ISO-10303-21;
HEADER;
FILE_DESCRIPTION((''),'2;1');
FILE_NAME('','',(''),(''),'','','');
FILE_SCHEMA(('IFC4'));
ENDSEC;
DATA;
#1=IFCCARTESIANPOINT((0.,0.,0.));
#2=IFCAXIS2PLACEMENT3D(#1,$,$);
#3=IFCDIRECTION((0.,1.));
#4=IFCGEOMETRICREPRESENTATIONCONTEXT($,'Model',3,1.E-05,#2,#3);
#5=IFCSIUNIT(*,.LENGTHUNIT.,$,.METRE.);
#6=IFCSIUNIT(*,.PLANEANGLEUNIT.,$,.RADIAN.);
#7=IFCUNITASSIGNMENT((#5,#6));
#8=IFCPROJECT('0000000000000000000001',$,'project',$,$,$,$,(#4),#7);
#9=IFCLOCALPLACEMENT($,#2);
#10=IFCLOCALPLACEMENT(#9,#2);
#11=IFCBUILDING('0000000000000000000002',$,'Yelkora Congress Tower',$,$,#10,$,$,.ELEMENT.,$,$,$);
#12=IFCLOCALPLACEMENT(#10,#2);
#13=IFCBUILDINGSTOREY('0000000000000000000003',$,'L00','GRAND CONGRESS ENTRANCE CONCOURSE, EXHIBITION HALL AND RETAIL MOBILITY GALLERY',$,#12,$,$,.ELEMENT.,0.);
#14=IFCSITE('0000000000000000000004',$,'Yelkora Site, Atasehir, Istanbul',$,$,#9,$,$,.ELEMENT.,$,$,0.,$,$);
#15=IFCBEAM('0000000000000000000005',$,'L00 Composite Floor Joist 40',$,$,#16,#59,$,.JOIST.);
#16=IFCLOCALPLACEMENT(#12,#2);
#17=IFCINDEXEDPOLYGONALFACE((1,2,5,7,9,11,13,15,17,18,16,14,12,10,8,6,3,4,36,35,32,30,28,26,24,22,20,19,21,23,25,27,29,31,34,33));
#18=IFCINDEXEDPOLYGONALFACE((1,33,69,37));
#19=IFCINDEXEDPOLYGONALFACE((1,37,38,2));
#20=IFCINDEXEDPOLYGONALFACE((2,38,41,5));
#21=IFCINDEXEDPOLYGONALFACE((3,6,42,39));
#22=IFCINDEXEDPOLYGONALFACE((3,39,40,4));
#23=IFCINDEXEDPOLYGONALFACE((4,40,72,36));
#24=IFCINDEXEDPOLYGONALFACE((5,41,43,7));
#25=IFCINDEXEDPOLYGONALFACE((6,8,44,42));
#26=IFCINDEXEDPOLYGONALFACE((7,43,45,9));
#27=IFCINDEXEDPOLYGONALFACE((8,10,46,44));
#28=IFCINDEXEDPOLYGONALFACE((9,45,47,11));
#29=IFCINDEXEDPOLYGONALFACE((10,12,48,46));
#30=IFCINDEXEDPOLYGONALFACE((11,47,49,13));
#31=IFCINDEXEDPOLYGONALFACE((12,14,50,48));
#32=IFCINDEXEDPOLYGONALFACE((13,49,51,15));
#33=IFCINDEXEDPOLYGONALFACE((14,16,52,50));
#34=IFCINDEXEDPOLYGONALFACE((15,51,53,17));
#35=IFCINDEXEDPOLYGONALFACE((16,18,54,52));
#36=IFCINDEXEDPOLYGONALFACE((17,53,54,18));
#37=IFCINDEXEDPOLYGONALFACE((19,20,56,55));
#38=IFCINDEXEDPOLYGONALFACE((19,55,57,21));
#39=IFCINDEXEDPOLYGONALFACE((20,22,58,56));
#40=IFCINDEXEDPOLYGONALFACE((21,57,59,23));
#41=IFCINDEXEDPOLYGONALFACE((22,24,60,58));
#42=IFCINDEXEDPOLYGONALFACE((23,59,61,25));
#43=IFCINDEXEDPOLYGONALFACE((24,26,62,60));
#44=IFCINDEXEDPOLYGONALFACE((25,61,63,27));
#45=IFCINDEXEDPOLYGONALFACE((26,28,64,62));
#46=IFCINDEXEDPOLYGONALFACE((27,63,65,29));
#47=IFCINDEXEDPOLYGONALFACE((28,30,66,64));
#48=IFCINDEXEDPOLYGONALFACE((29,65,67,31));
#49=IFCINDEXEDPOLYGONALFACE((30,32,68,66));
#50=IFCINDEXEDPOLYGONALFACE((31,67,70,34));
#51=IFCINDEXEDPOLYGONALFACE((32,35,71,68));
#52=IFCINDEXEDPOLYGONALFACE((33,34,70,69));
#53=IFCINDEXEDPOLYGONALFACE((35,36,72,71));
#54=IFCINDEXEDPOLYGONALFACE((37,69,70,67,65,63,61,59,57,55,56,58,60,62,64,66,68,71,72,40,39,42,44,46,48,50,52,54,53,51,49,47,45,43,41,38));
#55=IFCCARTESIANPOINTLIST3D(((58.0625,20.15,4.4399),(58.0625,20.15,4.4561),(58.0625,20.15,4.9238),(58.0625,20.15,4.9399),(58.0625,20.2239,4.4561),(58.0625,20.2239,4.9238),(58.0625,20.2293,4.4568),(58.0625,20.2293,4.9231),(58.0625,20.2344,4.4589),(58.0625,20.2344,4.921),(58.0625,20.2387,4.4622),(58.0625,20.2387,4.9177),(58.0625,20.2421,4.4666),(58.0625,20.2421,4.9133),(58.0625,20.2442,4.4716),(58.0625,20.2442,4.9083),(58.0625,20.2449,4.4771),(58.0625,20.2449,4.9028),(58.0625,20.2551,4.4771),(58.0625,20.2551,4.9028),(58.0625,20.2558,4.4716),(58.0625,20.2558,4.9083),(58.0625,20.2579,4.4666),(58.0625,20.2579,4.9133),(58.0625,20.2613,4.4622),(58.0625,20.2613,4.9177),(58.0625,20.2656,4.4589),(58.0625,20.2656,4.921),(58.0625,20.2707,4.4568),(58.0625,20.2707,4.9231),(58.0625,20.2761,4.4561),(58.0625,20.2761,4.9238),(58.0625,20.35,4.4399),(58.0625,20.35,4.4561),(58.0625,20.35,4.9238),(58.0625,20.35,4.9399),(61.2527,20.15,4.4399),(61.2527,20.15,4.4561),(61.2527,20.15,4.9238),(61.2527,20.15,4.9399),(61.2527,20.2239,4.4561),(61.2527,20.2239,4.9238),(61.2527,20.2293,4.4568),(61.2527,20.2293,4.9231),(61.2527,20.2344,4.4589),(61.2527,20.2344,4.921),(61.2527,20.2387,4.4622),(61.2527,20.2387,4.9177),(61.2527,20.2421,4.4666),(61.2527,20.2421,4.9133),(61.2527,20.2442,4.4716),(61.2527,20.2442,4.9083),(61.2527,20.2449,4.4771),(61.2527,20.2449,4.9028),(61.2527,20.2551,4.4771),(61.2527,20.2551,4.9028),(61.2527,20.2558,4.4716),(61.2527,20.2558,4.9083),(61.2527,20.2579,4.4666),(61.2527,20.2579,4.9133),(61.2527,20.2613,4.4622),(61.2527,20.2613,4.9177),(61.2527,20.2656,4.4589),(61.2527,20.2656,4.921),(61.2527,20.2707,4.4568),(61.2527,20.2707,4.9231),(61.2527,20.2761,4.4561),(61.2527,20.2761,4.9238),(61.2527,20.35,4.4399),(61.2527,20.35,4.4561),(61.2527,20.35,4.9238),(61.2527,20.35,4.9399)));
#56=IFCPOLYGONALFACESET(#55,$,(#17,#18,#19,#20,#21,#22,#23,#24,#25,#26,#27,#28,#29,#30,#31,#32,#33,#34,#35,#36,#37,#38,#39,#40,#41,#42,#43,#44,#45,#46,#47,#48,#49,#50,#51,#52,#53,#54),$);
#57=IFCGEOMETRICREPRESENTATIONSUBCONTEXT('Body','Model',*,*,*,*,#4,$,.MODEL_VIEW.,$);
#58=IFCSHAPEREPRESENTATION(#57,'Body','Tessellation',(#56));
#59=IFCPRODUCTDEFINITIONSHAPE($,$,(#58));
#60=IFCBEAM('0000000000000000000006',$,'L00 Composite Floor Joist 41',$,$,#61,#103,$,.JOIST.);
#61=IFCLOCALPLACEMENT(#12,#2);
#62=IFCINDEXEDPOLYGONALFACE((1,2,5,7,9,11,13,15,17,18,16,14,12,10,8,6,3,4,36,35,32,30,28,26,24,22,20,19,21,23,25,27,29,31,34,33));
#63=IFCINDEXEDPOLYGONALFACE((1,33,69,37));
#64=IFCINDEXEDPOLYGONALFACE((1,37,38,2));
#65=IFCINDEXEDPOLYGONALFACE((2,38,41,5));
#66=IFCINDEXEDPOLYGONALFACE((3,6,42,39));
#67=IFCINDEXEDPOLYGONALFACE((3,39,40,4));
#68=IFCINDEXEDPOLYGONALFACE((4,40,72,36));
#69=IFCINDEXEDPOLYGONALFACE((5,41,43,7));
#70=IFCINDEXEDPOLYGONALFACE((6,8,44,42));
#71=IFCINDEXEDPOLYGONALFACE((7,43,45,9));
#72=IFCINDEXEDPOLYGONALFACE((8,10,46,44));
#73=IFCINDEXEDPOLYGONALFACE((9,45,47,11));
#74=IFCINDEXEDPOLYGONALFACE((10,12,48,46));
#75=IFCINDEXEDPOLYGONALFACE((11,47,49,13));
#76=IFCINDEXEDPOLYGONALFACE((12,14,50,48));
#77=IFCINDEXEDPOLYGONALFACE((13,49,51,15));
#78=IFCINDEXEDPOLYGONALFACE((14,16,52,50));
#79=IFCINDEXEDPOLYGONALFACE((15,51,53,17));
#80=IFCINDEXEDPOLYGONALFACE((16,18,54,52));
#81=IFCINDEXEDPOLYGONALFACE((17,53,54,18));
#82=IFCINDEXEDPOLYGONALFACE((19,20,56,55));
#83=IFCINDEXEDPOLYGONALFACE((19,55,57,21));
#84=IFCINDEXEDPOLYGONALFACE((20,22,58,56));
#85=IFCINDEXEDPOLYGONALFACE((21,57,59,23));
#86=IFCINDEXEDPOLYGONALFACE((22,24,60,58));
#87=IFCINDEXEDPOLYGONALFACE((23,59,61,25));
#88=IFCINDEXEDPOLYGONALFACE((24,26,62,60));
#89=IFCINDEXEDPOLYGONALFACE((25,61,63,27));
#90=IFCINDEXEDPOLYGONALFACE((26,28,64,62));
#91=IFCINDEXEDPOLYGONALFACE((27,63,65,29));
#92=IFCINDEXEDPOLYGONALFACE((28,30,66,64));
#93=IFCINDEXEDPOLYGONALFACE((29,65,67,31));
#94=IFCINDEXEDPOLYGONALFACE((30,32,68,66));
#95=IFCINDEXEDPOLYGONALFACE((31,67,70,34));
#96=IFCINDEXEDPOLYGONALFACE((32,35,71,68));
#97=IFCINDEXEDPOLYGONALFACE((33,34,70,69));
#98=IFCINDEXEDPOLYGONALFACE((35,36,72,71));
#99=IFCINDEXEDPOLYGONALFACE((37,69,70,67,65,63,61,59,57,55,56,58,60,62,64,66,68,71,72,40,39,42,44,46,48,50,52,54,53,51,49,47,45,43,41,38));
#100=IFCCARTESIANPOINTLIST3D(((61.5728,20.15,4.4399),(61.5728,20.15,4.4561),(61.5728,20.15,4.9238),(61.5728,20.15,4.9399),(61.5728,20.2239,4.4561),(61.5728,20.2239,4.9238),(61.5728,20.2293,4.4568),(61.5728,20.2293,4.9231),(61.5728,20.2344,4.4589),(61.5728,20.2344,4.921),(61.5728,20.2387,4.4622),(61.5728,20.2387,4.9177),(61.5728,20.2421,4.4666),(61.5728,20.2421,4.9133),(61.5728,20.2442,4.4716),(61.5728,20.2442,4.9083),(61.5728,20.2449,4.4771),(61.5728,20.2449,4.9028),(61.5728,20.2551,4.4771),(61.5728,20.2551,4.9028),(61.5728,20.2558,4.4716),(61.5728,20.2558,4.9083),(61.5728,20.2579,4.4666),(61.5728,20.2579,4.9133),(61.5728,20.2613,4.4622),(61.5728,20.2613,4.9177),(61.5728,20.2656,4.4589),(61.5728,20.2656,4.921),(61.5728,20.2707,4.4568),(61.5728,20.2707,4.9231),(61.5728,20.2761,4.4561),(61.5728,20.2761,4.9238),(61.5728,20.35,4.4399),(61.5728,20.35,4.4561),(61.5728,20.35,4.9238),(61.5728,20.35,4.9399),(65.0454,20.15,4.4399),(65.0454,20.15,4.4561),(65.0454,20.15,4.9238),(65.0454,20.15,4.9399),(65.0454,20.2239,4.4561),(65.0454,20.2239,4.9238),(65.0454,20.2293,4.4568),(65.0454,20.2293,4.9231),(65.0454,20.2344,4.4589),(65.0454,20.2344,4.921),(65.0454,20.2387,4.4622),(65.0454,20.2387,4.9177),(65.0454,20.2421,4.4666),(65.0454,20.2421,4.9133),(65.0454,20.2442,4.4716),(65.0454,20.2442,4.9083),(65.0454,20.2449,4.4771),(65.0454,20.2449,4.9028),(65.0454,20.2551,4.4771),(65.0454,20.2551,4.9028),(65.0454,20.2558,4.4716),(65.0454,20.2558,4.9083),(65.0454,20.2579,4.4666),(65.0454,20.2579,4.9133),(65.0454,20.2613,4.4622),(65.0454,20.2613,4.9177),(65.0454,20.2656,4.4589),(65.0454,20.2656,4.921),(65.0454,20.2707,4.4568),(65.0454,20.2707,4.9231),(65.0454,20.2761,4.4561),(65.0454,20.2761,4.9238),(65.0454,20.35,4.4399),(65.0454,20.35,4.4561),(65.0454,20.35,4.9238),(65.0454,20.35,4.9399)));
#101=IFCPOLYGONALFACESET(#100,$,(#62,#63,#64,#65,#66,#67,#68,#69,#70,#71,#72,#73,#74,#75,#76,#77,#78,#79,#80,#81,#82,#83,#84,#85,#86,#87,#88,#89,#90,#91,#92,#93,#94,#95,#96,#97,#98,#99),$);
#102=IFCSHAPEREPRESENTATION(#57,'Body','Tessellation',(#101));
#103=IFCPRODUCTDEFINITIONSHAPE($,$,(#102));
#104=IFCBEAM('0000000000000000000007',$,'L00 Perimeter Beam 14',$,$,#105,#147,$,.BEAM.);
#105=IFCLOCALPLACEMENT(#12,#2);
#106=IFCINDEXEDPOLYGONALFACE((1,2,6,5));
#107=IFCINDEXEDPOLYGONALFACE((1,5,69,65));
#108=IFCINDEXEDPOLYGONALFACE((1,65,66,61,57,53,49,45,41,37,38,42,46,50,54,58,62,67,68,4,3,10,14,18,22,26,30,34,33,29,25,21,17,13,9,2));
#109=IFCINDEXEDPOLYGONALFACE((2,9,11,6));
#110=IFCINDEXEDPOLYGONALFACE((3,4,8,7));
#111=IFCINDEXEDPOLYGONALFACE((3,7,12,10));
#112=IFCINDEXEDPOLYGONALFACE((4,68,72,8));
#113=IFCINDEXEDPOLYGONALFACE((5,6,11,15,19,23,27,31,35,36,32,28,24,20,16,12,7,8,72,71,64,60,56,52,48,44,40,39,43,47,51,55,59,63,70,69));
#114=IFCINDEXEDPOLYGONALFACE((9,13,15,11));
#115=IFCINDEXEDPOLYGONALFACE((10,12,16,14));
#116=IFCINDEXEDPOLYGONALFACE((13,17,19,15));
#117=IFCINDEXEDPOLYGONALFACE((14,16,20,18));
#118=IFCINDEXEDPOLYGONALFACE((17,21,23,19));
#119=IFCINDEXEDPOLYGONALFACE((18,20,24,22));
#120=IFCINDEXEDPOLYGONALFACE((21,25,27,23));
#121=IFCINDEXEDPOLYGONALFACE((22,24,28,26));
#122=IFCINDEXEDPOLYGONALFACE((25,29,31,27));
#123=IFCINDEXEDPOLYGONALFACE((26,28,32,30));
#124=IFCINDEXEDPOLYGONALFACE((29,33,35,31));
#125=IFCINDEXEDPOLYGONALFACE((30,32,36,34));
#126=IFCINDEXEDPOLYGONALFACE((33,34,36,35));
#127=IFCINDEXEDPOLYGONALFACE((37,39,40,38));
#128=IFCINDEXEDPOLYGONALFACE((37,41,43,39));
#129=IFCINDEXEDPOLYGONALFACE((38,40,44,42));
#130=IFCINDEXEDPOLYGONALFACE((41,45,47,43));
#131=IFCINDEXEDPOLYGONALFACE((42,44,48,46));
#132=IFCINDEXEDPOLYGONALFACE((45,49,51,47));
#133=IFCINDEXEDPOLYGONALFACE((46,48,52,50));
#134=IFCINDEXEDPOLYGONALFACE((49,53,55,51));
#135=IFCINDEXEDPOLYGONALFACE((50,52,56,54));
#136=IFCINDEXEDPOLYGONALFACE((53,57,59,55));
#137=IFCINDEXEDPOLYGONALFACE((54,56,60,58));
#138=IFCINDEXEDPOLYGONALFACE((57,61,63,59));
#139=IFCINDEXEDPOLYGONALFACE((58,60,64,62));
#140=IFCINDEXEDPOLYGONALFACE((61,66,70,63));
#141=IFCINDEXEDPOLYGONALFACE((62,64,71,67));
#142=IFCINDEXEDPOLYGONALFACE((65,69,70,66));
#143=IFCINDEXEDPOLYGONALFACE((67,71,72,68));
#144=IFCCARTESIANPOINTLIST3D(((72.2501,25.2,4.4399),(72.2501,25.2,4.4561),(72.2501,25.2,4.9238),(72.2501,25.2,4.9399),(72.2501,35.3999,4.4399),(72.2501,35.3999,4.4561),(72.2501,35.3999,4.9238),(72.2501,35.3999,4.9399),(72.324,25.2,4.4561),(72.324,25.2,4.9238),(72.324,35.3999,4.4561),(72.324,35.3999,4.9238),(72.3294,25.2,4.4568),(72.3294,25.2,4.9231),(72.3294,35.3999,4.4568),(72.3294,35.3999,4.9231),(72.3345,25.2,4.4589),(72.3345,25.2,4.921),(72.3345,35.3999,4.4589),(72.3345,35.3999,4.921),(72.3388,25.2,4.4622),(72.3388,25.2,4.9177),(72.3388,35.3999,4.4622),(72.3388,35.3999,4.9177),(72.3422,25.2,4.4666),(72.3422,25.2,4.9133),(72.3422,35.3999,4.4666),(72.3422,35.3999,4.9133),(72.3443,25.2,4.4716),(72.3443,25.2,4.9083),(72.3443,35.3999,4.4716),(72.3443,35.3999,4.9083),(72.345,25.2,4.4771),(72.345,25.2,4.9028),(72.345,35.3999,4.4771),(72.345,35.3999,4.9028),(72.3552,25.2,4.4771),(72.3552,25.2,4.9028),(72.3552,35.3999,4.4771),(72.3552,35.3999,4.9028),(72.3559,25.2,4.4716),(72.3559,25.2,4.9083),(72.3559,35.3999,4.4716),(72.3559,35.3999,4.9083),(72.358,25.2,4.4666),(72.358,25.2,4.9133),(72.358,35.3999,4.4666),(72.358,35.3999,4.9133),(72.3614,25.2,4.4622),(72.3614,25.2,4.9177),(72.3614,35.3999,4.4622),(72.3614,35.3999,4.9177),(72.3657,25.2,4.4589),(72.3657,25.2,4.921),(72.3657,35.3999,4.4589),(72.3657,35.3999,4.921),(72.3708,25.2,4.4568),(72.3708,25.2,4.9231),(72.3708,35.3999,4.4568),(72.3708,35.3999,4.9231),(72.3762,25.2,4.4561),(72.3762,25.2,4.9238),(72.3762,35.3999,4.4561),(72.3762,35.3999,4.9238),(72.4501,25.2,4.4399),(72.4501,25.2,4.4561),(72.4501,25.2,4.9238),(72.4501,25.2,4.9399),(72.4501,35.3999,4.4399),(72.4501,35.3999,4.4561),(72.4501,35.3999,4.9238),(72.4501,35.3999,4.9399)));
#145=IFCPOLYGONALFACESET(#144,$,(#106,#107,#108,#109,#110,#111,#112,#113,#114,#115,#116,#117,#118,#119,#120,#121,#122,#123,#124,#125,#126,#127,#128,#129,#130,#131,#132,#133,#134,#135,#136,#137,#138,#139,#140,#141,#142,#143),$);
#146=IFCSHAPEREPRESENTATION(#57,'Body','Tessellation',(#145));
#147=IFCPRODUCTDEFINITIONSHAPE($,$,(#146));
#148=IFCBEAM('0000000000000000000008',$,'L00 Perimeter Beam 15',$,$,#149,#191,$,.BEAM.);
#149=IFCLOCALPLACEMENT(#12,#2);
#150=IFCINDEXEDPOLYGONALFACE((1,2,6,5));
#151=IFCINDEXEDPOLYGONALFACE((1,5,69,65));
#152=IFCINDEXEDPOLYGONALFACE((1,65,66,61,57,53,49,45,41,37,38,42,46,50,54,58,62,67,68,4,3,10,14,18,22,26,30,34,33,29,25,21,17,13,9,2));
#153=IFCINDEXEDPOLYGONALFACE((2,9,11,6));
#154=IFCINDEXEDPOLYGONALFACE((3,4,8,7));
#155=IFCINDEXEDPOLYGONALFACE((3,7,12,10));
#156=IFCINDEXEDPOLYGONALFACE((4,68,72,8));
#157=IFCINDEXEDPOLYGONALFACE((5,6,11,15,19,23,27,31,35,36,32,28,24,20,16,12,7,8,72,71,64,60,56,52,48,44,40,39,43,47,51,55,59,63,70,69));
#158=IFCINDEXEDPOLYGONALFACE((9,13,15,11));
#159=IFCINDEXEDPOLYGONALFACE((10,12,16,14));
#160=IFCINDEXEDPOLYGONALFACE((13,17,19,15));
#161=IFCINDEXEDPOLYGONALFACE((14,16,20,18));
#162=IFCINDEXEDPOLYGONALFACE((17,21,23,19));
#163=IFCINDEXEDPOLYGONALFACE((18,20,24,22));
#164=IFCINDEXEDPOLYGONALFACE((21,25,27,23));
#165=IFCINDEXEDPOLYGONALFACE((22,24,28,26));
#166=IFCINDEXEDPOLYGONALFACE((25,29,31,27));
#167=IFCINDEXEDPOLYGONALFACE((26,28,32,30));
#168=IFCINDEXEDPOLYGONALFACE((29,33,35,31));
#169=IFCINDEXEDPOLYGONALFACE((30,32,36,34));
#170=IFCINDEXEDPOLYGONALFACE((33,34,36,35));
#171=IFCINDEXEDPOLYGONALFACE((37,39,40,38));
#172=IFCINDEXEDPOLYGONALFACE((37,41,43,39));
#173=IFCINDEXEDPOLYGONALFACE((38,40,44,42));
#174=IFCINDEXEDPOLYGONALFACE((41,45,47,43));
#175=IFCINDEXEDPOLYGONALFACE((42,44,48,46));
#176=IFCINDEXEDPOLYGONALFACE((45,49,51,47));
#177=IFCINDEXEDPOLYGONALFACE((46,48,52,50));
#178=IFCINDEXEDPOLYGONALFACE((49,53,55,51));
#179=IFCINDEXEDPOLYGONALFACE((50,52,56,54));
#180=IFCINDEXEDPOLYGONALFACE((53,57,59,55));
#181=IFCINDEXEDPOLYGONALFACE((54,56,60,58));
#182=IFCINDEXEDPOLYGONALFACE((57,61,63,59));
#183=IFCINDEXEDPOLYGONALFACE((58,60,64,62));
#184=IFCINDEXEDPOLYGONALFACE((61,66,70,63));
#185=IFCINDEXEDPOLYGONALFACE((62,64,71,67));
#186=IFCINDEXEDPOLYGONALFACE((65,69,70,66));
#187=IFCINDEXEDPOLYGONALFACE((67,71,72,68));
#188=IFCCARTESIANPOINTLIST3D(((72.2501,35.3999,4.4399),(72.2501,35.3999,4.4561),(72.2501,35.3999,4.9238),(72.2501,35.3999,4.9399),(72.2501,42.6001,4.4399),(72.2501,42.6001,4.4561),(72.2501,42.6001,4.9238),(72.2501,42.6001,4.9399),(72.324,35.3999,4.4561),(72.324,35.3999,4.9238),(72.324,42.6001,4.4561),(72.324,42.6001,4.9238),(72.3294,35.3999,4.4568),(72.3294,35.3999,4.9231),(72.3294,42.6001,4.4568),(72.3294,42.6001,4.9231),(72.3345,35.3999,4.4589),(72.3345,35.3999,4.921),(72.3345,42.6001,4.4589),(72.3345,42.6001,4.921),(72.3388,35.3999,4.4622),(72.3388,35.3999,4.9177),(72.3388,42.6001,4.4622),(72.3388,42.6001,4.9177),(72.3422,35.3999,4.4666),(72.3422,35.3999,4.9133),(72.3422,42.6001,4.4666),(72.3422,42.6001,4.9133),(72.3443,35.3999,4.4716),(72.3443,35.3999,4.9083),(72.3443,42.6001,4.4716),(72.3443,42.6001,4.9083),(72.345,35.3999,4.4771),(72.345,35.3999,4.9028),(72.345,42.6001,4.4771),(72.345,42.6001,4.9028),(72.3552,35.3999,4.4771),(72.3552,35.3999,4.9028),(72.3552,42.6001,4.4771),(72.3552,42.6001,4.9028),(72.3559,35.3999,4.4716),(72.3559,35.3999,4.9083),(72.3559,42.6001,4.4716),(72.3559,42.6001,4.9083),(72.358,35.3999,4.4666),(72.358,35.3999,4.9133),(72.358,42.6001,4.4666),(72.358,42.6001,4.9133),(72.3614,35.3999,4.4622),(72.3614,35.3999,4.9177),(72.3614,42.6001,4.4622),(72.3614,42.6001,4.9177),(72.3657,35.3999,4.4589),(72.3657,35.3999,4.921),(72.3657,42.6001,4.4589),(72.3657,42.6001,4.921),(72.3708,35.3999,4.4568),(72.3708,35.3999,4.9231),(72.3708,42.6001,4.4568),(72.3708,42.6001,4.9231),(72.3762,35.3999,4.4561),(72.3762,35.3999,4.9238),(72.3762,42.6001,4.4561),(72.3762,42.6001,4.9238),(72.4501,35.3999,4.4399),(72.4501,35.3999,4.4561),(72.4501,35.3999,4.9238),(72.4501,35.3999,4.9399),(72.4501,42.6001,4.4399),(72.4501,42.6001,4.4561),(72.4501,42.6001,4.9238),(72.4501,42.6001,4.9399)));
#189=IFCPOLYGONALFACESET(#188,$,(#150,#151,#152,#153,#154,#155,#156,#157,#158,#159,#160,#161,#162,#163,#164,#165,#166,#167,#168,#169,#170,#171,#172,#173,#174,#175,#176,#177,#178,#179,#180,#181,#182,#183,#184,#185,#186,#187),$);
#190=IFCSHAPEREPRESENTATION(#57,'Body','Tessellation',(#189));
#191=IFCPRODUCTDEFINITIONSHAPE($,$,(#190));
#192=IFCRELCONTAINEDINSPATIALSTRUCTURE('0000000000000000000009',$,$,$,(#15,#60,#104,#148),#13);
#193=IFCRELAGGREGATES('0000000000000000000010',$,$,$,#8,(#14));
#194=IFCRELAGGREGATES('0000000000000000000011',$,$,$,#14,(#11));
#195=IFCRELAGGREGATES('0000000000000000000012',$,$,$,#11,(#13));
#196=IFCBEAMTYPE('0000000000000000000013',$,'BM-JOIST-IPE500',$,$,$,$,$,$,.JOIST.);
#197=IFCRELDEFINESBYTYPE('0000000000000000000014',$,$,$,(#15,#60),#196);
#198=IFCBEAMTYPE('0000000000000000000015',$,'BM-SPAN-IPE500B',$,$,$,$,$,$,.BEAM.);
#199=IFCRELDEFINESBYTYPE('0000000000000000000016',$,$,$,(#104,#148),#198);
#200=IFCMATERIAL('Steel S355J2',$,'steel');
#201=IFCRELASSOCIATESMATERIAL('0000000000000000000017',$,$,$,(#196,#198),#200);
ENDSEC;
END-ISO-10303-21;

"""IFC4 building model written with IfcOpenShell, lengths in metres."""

from ifc_helpers import new_model, si_unit, direction, frame, origin, origin_2d, place, context, subcontext, project, spatial, i_section, extrude, material, material_profile, profile_set, type_object, element, save


model = new_model("IFC4")

# Units and contexts
model_context = context("Model", 3, precision=1e-05, world=origin(), true_north=direction((0.0, 1.0)))
body_context = subcontext(model_context, "Body", "Model", "MODEL_VIEW")
ifc_project = project(units=[si_unit("LENGTHUNIT", "METRE"), si_unit("PLANEANGLEUNIT", "RADIAN")], contexts=[model_context])

# Site, building, storey
site_placement = place(None, origin())
site = spatial("IfcSite", under=ifc_project, at=site_placement, Name="Yelkora Site, Atasehir, Istanbul", CompositionType="ELEMENT", RefElevation=0.0)
building_placement = place(site_placement, origin())
building = spatial("IfcBuilding", under=site, at=building_placement, Name="Yelkora Congress Tower", CompositionType="ELEMENT")
storey_placement = place(building_placement, origin())
storey = spatial("IfcBuildingStorey", under=building, at=storey_placement, Name="L00", Description="GRAND CONGRESS ENTRANCE CONCOURSE, EXHIBITION HALL AND RETAIL MOBILITY GALLERY", CompositionType="ELEMENT", Elevation=0.0)

# Beams
ifc_material_1 = material(Name="Steel S355J2", Category="steel")
ifc_material_profile_1 = material_profile(ifc_material_1, i_section(OverallWidth=0.2, OverallDepth=0.5, WebThickness=0.0103, FlangeThickness=0.0161, FilletRadius=0.021, at=origin_2d()), Name="IPE 500")
ifc_profile_set_1 = profile_set([ifc_material_profile_1], Name="Steel S355J2")
beam_type_1 = type_object("IfcBeamType", Name="BM-JOIST-IPE500", PredefinedType="JOIST", material=ifc_profile_set_1)
beam_1_placement = place(storey_placement, frame((58.0625, 20.25, 4.6899), z_axis=(1.0, 0.0, 0.0), x_axis=(0.0, 1.0, 0.0)))
element("IfcBeam", 1, at=beam_1_placement, inside=storey, type_object=beam_type_1, Name="L00 Composite Floor Joist 40", PredefinedType="JOIST", context=body_context, shape_type="SweptSolid", body=[
    extrude(i_section(OverallWidth=0.2, OverallDepth=0.5, WebThickness=0.0103, FlangeThickness=0.0161, FilletRadius=0.021, at=origin_2d()), origin(), (0.0, 0.0, 1.0), 3.1902),
])
beam_2_placement = place(storey_placement, frame((61.5728, 20.25, 4.6899), z_axis=(1.0, 0.0, 0.0), x_axis=(0.0, 1.0, 0.0)))
element("IfcBeam", 2, at=beam_2_placement, inside=storey, type_object=beam_type_1, Name="L00 Composite Floor Joist 41", PredefinedType="JOIST", context=body_context, shape_type="SweptSolid", body=[
    extrude(i_section(OverallWidth=0.2, OverallDepth=0.5, WebThickness=0.0103, FlangeThickness=0.0161, FilletRadius=0.021, at=origin_2d()), origin(), (0.0, 0.0, 1.0), 3.4727),
])
ifc_material_profile_2 = material_profile(ifc_material_1, i_section(OverallWidth=0.2, OverallDepth=0.5, WebThickness=0.0103, FlangeThickness=0.0161, FilletRadius=0.021, at=origin_2d()), Name="IPE 500")
ifc_profile_set_2 = profile_set([ifc_material_profile_2], Name="Steel S355J2")
beam_type_2 = type_object("IfcBeamType", Name="BM-SPAN-IPE500B", PredefinedType="BEAM", material=ifc_profile_set_2)
beam_3_placement = place(storey_placement, frame((72.3501, 25.2, 4.6899), z_axis=(0.0, 1.0, 0.0), x_axis=(-1.0, 0.0, 0.0)))
element("IfcBeam", 3, at=beam_3_placement, inside=storey, type_object=beam_type_2, Name="L00 Perimeter Beam 14", PredefinedType="BEAM", context=body_context, shape_type="SweptSolid", body=[
    extrude(i_section(OverallWidth=0.2, OverallDepth=0.5, WebThickness=0.0103, FlangeThickness=0.0161, FilletRadius=0.021, at=origin_2d()), origin(), (0.0, 0.0, 1.0), 10.2),
])
beam_4_placement = place(storey_placement, frame((72.3501, 35.3999, 4.6899), z_axis=(0.0, 1.0, 0.0), x_axis=(-1.0, 0.0, 0.0)))
element("IfcBeam", 4, at=beam_4_placement, inside=storey, type_object=beam_type_2, Name="L00 Perimeter Beam 15", PredefinedType="BEAM", context=body_context, shape_type="SweptSolid", body=[
    extrude(i_section(OverallWidth=0.2, OverallDepth=0.5, WebThickness=0.0103, FlangeThickness=0.0161, FilletRadius=0.021, at=origin_2d()), origin(), (0.0, 0.0, 1.0), 7.2002),
])

save(model, "model.ifc")
